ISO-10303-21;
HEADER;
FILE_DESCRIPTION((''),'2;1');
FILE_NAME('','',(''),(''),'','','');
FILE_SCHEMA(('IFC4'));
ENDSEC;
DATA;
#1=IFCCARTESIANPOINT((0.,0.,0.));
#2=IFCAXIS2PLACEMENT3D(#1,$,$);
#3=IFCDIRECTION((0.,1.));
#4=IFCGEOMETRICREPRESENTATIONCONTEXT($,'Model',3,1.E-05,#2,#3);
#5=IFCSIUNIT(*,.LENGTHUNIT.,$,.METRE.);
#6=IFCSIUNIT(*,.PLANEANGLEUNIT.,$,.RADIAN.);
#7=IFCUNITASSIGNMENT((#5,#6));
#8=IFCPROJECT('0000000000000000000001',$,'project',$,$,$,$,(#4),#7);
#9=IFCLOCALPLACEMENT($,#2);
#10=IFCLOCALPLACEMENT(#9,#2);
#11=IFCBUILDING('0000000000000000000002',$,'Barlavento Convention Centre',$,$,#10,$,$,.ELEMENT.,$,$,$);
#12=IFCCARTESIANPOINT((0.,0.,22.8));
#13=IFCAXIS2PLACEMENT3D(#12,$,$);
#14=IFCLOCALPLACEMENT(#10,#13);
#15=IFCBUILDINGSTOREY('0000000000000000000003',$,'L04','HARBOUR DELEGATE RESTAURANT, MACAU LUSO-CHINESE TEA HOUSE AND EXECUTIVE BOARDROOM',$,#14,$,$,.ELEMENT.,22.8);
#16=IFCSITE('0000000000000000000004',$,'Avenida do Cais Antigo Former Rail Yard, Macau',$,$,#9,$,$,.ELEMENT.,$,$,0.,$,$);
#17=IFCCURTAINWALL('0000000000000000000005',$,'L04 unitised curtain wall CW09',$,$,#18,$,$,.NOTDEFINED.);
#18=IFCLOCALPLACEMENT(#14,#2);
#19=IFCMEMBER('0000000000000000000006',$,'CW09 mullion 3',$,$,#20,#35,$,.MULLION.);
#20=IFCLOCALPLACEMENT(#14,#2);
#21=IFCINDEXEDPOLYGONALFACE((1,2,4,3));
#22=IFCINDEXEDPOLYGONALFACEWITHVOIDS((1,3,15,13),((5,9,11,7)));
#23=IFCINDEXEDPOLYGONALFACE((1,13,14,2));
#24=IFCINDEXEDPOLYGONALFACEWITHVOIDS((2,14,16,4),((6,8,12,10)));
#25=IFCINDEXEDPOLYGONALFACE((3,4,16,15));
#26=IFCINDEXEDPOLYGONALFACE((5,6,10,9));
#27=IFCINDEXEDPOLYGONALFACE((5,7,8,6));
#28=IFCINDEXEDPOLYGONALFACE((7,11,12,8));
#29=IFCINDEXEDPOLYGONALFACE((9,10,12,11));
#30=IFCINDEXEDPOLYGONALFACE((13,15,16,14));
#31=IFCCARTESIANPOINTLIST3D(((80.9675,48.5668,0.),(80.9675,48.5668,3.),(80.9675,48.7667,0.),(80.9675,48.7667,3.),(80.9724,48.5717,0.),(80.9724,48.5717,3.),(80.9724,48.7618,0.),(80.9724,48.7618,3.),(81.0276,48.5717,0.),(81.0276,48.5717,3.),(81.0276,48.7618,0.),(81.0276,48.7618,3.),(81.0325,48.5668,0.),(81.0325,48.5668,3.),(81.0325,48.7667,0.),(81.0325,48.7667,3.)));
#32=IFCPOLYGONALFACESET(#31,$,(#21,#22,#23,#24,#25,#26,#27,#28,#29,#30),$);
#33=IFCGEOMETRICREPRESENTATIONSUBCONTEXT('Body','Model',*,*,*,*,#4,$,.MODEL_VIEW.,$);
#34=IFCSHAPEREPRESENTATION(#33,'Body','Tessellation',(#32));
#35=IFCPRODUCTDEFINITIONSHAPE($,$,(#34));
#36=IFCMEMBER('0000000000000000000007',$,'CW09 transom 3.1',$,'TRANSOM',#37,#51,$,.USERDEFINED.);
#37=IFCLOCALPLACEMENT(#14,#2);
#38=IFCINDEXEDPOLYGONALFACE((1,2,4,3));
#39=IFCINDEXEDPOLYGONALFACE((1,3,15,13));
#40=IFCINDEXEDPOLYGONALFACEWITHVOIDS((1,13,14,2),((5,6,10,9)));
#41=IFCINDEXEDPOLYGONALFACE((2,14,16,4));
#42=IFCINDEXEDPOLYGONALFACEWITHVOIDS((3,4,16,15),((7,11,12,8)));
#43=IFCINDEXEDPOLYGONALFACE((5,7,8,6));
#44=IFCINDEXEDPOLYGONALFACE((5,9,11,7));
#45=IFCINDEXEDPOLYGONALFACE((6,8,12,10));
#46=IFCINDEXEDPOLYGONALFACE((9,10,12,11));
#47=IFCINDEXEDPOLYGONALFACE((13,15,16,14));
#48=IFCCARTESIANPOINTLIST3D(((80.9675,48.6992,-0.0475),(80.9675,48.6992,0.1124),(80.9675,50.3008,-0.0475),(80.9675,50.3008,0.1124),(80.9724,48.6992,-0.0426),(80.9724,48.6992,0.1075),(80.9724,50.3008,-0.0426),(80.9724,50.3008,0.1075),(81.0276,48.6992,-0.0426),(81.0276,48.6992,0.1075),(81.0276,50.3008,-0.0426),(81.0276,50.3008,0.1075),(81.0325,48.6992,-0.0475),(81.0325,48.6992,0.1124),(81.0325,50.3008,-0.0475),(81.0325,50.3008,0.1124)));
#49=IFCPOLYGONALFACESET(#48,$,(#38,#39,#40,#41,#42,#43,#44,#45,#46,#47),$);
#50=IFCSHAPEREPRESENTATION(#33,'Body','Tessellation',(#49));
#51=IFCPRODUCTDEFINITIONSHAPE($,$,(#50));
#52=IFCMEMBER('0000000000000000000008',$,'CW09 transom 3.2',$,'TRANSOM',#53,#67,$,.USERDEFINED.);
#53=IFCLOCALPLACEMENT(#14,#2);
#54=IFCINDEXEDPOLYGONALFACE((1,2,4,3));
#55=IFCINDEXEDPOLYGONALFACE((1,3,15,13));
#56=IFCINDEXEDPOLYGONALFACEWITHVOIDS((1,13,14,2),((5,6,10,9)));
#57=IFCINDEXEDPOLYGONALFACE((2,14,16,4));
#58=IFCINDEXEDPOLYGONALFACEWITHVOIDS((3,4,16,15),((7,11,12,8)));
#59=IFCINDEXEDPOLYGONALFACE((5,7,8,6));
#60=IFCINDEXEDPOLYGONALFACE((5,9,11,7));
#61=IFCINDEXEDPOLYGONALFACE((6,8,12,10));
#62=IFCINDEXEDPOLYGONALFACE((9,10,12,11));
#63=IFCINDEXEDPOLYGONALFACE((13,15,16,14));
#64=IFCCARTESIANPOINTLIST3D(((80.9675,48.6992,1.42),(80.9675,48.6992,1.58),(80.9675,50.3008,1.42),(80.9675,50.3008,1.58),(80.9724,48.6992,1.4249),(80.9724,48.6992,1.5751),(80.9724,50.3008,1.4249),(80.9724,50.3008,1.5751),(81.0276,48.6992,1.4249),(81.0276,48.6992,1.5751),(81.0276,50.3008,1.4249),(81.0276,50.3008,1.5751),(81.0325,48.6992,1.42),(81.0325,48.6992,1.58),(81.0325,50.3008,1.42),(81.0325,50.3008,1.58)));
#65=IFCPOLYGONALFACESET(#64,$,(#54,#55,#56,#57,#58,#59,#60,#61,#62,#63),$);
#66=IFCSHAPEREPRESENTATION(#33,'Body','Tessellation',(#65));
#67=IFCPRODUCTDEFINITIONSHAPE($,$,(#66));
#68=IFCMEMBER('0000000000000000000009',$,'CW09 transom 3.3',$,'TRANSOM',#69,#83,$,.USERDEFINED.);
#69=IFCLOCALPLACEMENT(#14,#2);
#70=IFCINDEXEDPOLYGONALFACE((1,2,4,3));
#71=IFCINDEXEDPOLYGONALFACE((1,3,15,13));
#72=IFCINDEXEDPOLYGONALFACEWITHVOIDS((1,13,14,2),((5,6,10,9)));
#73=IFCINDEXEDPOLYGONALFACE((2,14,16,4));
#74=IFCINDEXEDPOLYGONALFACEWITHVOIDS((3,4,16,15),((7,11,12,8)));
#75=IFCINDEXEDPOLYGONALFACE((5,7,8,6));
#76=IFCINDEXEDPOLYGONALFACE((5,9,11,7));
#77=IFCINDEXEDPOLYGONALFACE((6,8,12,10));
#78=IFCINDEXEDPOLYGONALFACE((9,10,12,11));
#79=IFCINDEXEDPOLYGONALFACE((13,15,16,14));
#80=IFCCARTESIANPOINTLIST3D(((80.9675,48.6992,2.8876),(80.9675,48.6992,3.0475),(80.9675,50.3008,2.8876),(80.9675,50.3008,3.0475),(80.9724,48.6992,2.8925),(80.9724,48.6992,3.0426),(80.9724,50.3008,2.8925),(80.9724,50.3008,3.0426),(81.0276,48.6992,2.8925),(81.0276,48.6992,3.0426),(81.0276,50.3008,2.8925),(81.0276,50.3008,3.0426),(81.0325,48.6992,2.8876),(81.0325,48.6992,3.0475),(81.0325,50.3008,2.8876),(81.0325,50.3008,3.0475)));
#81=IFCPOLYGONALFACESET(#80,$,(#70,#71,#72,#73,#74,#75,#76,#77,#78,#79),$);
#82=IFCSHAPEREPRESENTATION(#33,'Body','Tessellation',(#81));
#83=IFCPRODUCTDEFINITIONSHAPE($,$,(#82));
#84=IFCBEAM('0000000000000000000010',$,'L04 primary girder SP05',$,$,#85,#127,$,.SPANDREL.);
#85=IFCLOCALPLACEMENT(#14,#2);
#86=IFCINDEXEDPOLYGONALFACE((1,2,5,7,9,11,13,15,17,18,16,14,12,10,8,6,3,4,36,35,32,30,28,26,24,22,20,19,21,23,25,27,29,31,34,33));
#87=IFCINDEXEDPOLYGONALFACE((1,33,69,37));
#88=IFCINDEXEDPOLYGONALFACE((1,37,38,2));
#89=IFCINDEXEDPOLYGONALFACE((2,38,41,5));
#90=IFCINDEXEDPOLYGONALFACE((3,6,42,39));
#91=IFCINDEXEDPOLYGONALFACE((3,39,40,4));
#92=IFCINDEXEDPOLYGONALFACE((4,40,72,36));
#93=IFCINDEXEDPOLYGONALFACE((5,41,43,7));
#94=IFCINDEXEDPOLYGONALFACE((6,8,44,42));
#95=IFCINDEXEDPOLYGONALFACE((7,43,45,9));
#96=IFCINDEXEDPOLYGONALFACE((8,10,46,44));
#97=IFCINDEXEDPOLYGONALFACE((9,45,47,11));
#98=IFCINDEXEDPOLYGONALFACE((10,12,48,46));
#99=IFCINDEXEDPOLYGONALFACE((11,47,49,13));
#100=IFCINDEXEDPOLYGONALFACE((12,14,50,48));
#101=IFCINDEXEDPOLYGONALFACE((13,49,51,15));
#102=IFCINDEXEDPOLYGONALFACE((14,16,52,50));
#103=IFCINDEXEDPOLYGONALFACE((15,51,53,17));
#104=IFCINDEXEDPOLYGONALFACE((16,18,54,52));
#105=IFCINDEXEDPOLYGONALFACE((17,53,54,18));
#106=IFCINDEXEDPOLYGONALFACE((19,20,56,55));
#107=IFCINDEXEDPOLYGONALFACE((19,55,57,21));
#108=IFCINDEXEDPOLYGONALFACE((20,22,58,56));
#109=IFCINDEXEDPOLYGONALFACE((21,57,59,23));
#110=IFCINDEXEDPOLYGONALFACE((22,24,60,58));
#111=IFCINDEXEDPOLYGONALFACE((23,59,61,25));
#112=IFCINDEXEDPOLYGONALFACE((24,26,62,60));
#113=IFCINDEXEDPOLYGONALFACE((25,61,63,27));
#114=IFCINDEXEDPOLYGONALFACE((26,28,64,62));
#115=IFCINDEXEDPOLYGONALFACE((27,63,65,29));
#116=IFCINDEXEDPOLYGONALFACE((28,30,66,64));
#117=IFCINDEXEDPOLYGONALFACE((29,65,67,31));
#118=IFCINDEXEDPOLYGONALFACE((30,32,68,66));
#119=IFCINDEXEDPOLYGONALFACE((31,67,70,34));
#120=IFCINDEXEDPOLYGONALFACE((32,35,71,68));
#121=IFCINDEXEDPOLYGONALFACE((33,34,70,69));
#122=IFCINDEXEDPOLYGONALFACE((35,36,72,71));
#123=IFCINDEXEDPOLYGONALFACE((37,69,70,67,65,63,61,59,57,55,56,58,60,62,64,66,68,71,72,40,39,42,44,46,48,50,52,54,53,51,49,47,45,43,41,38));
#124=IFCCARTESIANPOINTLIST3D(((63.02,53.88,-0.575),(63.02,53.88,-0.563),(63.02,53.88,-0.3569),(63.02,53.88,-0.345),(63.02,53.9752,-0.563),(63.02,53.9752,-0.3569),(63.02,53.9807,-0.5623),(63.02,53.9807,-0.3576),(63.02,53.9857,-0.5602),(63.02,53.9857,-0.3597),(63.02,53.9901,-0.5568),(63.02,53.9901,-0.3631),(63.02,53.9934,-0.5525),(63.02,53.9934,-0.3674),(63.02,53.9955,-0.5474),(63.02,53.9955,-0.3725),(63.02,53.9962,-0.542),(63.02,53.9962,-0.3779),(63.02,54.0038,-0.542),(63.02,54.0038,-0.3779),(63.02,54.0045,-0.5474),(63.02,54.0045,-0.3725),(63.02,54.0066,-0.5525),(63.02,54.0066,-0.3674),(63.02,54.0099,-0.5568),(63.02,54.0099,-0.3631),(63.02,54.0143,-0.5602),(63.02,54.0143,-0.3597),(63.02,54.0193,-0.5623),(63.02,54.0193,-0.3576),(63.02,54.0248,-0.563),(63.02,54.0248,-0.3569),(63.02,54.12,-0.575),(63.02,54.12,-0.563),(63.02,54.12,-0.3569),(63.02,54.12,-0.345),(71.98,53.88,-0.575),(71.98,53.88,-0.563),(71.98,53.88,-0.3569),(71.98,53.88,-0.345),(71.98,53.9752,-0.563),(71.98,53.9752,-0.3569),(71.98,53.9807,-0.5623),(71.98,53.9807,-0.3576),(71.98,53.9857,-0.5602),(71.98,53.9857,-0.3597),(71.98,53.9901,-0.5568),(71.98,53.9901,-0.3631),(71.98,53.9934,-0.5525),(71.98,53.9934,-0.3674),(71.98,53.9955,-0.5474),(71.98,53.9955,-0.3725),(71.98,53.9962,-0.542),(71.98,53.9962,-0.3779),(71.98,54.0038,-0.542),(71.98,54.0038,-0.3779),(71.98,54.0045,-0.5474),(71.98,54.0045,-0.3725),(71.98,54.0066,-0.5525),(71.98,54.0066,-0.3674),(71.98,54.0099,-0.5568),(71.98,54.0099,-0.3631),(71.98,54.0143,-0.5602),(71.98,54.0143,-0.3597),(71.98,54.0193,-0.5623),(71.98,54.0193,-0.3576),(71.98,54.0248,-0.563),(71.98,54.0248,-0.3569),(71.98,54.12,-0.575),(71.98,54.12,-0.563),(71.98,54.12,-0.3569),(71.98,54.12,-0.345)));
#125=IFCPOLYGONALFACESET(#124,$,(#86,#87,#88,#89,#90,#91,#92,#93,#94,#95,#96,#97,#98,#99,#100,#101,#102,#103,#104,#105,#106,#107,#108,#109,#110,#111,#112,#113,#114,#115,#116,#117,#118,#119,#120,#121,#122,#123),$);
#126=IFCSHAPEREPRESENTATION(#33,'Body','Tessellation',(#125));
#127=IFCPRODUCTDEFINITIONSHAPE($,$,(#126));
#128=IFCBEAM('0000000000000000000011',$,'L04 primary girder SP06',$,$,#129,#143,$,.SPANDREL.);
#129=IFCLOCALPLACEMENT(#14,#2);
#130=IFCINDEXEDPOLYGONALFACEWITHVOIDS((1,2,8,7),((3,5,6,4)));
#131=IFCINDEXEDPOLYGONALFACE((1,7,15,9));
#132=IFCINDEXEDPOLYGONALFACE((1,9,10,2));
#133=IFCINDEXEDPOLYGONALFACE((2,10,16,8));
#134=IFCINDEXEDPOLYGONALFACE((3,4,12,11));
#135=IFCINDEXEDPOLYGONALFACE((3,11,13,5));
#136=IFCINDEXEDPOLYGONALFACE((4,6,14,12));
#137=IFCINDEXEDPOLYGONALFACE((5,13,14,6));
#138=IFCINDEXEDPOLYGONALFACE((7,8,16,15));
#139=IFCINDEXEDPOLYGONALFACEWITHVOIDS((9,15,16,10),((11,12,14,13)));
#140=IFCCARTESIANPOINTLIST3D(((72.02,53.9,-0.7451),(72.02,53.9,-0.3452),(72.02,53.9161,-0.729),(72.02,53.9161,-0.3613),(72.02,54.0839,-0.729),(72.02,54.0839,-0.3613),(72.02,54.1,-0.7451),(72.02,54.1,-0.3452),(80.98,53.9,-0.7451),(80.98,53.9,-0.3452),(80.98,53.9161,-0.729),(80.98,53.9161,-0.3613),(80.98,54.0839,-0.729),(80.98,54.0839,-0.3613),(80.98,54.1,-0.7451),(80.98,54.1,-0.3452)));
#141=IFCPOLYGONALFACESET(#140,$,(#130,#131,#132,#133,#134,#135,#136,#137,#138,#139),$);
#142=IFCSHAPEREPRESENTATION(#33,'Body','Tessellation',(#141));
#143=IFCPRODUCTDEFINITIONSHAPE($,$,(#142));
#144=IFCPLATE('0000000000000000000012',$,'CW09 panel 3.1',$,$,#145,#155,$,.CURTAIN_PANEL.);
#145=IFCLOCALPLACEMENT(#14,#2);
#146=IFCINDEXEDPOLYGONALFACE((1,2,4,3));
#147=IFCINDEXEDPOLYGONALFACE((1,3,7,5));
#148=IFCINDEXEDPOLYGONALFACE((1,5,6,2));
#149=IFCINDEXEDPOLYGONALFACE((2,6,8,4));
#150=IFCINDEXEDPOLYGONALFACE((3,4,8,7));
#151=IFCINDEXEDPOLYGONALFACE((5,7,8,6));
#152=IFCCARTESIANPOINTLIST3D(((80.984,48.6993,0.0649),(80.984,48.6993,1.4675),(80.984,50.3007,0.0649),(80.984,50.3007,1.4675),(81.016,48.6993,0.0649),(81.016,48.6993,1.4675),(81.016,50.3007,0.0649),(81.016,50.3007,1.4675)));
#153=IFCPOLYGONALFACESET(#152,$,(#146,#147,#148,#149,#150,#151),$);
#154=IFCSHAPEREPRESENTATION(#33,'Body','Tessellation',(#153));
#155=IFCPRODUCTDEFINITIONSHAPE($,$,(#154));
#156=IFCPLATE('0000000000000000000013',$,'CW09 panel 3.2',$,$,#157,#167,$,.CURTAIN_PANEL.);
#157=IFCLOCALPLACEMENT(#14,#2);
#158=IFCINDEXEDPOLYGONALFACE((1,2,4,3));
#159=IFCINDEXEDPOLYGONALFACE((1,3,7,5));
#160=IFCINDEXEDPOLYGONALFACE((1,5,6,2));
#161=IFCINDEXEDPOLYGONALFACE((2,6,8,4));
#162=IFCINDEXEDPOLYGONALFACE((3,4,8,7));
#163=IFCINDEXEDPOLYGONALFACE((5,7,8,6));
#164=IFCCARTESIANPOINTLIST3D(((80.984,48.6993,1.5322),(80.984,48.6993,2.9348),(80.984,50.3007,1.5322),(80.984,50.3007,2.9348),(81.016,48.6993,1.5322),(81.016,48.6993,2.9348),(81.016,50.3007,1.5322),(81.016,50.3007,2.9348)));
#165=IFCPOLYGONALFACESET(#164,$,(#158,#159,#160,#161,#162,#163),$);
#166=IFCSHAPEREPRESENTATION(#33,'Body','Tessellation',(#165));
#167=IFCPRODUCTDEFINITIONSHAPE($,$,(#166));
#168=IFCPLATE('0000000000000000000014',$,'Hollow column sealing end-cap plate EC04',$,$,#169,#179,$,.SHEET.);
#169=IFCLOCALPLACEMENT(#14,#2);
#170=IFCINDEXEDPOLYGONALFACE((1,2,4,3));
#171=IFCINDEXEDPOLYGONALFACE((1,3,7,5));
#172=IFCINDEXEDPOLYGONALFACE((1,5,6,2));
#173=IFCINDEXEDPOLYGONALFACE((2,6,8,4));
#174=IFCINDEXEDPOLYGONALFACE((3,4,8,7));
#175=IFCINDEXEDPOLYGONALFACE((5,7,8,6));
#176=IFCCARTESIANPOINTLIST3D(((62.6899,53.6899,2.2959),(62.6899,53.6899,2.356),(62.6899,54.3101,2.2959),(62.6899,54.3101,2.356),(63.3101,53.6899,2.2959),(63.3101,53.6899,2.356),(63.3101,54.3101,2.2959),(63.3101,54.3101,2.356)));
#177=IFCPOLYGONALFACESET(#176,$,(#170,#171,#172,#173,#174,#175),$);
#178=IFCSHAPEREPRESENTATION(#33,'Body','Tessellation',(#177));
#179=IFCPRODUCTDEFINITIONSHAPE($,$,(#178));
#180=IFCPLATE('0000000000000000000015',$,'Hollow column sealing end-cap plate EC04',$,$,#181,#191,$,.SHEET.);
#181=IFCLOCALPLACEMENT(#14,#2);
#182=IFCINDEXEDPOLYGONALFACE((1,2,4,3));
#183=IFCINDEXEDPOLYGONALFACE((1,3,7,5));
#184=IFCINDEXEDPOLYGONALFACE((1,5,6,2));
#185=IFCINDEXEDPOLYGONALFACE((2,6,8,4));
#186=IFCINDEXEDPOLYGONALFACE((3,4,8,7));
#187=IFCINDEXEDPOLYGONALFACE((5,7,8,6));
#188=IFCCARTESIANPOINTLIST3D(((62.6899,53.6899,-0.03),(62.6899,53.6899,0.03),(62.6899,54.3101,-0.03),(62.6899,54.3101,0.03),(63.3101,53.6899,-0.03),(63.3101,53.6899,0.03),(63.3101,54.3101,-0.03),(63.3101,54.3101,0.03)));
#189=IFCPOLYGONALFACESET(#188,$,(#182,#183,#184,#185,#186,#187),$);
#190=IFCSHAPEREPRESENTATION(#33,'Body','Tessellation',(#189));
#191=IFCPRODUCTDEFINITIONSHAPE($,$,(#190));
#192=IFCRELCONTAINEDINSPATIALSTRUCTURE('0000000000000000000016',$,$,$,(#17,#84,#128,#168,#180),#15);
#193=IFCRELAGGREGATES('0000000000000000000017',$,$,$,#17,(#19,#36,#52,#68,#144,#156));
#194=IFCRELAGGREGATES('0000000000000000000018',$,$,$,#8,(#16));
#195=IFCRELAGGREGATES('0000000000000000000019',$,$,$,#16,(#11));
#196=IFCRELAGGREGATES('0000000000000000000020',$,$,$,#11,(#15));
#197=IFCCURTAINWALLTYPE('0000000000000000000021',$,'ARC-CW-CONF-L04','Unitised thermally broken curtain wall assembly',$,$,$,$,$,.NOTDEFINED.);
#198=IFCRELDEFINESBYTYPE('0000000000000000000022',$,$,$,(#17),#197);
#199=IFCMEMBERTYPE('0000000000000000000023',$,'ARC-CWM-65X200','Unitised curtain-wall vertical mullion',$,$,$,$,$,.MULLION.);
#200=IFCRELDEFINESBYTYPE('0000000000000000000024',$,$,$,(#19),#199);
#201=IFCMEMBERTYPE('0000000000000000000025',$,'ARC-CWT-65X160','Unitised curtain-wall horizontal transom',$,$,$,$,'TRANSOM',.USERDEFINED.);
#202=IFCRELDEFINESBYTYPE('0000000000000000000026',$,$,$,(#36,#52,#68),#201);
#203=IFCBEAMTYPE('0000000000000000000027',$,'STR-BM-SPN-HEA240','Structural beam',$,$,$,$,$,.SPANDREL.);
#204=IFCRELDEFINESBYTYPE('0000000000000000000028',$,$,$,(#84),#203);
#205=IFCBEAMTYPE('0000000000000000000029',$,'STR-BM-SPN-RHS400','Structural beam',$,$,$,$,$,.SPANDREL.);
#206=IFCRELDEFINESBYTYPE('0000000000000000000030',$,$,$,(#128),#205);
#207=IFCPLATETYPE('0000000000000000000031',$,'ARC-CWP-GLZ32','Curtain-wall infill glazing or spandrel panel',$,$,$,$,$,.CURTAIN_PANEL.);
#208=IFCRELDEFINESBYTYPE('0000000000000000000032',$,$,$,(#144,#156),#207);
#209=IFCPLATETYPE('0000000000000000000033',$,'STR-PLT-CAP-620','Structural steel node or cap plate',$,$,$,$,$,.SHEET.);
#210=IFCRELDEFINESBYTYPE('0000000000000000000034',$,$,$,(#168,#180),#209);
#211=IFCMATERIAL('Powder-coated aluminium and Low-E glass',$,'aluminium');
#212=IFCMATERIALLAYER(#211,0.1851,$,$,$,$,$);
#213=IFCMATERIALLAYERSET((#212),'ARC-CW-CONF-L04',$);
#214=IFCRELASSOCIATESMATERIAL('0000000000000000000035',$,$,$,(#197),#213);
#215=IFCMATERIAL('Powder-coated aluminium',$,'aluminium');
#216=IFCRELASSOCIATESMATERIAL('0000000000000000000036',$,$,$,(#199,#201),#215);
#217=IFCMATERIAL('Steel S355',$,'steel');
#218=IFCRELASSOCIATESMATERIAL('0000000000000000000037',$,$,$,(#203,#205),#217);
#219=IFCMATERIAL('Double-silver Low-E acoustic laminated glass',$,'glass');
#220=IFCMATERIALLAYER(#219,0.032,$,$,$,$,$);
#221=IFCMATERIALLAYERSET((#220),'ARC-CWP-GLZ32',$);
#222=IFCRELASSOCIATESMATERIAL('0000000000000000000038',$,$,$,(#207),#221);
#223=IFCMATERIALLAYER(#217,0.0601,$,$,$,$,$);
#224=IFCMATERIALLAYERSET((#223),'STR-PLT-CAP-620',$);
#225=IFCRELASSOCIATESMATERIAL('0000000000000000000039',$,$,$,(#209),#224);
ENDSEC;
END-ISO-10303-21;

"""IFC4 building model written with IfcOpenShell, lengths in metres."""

from ifc_helpers import new_model, si_unit, direction, frame, origin, origin_2d, place, context, subcontext, project, spatial, rectangle, hollow_rectangle, i_section, extrude, material, layer, layer_set, material_profile, profile_set, type_object, element, aggregate, save


model = new_model("IFC4")

# Units and contexts
model_context = context("Model", 3, precision=1e-05, world=origin(), true_north=direction((0.0, 1.0)))
body_context = subcontext(model_context, "Body", "Model", "MODEL_VIEW")
ifc_project = project(units=[si_unit("LENGTHUNIT", "METRE"), si_unit("PLANEANGLEUNIT", "RADIAN")], contexts=[model_context])

# Site, building, storey
site_placement = place(None, origin())
site = spatial("IfcSite", under=ifc_project, at=site_placement, Name="Avenida do Cais Antigo Former Rail Yard, Macau", CompositionType="ELEMENT", RefElevation=0.0)
building_placement = place(site_placement, origin())
building = spatial("IfcBuilding", under=site, at=building_placement, Name="Barlavento Convention Centre", CompositionType="ELEMENT")
storey_placement = place(building_placement, frame((0.0, 0.0, 22.8)))
storey = spatial("IfcBuildingStorey", under=building, at=storey_placement, Name="L04", Description="HARBOUR DELEGATE RESTAURANT, MACAU LUSO-CHINESE TEA HOUSE AND EXECUTIVE BOARDROOM", CompositionType="ELEMENT", Elevation=22.8)

# Curtain wall, members
ifc_material_1 = material(Name="Powder-coated aluminium and Low-E glass", Category="aluminium")
ifc_layer_1 = layer(ifc_material_1, 0.1851)
ifc_layer_set_1 = layer_set([ifc_layer_1], Name="ARC-CW-CONF-L04")
curtain_wall_type = type_object("IfcCurtainWallType", Name="ARC-CW-CONF-L04", Description="Unitised thermally broken curtain wall assembly", PredefinedType="NOTDEFINED", material=ifc_layer_set_1)
curtain_wall_placement = place(storey_placement, origin())
curtain_wall = element("IfcCurtainWall", 1, at=curtain_wall_placement, inside=storey, type_object=curtain_wall_type, Name="L04 unitised curtain wall CW09", PredefinedType="NOTDEFINED")
ifc_material_2 = material(Name="Powder-coated aluminium", Category="aluminium")
ifc_material_profile_1 = material_profile(ifc_material_2, hollow_rectangle(XDim=0.0649, YDim=0.2, WallThickness=0.0049, at=origin_2d()), Name="AL-MULL 65x200x5")
ifc_profile_set_1 = profile_set([ifc_material_profile_1], Name="Powder-coated aluminium")
member_type_1 = type_object("IfcMemberType", Name="ARC-CWM-65X200", Description="Unitised curtain-wall vertical mullion", PredefinedType="MULLION", material=ifc_profile_set_1)
member_1_placement = place(storey_placement, frame((81.0, 48.6667, 0.0), z_axis=(0.0, 0.0, 1.0), x_axis=(-1.0, 0.0, 0.0)))
member_1 = element("IfcMember", 2, at=member_1_placement, type_object=member_type_1, Name="CW09 mullion 3", PredefinedType="MULLION", context=body_context, shape_type="SweptSolid", body=[
    extrude(hollow_rectangle(XDim=0.0649, YDim=0.2, WallThickness=0.0049, at=origin_2d()), origin(), (0.0, 0.0, 1.0), 3.0),
])
ifc_material_profile_2 = material_profile(ifc_material_2, hollow_rectangle(XDim=0.0649, YDim=0.1599, WallThickness=0.0049, at=origin_2d()), Name="AL-TRAN 65x160x5")
ifc_profile_set_2 = profile_set([ifc_material_profile_2], Name="Powder-coated aluminium")
member_type_2 = type_object("IfcMemberType", Name="ARC-CWT-65X160", Description="Unitised curtain-wall horizontal transom", ElementType="TRANSOM", PredefinedType="USERDEFINED", material=ifc_profile_set_2)
member_2_placement = place(storey_placement, frame((81.0, 48.6992, 0.0325), z_axis=(0.0, 1.0, 0.0), x_axis=(-1.0, 0.0, 0.0)))
member_2 = element("IfcMember", 3, at=member_2_placement, type_object=member_type_2, Name="CW09 transom 3.1", ObjectType="TRANSOM", PredefinedType="USERDEFINED", context=body_context, shape_type="SweptSolid", body=[
    extrude(hollow_rectangle(XDim=0.0649, YDim=0.1599, WallThickness=0.0049, at=origin_2d()), origin(), (0.0, 0.0, 1.0), 1.6016),
])
member_3_placement = place(storey_placement, frame((81.0, 48.6992, 1.5), z_axis=(0.0, 1.0, 0.0), x_axis=(-1.0, 0.0, 0.0)))
member_3 = element("IfcMember", 4, at=member_3_placement, type_object=member_type_2, Name="CW09 transom 3.2", ObjectType="TRANSOM", PredefinedType="USERDEFINED", context=body_context, shape_type="SweptSolid", body=[
    extrude(hollow_rectangle(XDim=0.0649, YDim=0.1599, WallThickness=0.0049, at=origin_2d()), origin(), (0.0, 0.0, 1.0), 1.6016),
])
member_4_placement = place(storey_placement, frame((81.0, 48.6992, 2.9675), z_axis=(0.0, 1.0, 0.0), x_axis=(-1.0, 0.0, 0.0)))
member_4 = element("IfcMember", 5, at=member_4_placement, type_object=member_type_2, Name="CW09 transom 3.3", ObjectType="TRANSOM", PredefinedType="USERDEFINED", context=body_context, shape_type="SweptSolid", body=[
    extrude(hollow_rectangle(XDim=0.0649, YDim=0.1599, WallThickness=0.0049, at=origin_2d()), origin(), (0.0, 0.0, 1.0), 1.6016),
])

# Beams
ifc_material_3 = material(Name="Steel S355", Category="steel")
ifc_material_profile_3 = material_profile(ifc_material_3, i_section(OverallWidth=0.24, OverallDepth=0.23, WebThickness=0.0076, FlangeThickness=0.012, FilletRadius=0.021, at=origin_2d()), Name="HEA 240")
ifc_profile_set_3 = profile_set([ifc_material_profile_3], Name="Steel S355")
beam_type_1 = type_object("IfcBeamType", Name="STR-BM-SPN-HEA240", Description="Structural beam", PredefinedType="SPANDREL", material=ifc_profile_set_3)
beam_1_placement = place(storey_placement, frame((63.02, 54.0, -0.46), z_axis=(1.0, 0.0, 0.0), x_axis=(0.0, 1.0, 0.0)))
element("IfcBeam", 6, at=beam_1_placement, inside=storey, type_object=beam_type_1, Name="L04 primary girder SP05", PredefinedType="SPANDREL", context=body_context, shape_type="SweptSolid", body=[
    extrude(i_section(OverallWidth=0.24, OverallDepth=0.23, WebThickness=0.0076, FlangeThickness=0.012, FilletRadius=0.021, at=origin_2d()), origin(), (0.0, 0.0, 1.0), 8.96),
])
ifc_material_profile_4 = material_profile(ifc_material_3, hollow_rectangle(XDim=0.2, YDim=0.3999, WallThickness=0.0161, at=origin_2d()), Name="RHS 400x200x16.0")
ifc_profile_set_4 = profile_set([ifc_material_profile_4], Name="Steel S355")
beam_type_2 = type_object("IfcBeamType", Name="STR-BM-SPN-RHS400", Description="Structural beam", PredefinedType="SPANDREL", material=ifc_profile_set_4)
beam_2_placement = place(storey_placement, frame((72.02, 54.0, -0.5452), z_axis=(1.0, 0.0, 0.0), x_axis=(0.0, 1.0, 0.0)))
element("IfcBeam", 7, at=beam_2_placement, inside=storey, type_object=beam_type_2, Name="L04 primary girder SP06", PredefinedType="SPANDREL", context=body_context, shape_type="SweptSolid", body=[
    extrude(hollow_rectangle(XDim=0.2, YDim=0.3999, WallThickness=0.0161, at=origin_2d()), origin(), (0.0, 0.0, 1.0), 8.96),
])

# Plates
ifc_material_4 = material(Name="Double-silver Low-E acoustic laminated glass", Category="glass")
ifc_layer_2 = layer(ifc_material_4, 0.032)
ifc_layer_set_2 = layer_set([ifc_layer_2], Name="ARC-CWP-GLZ32")
plate_type_1 = type_object("IfcPlateType", Name="ARC-CWP-GLZ32", Description="Curtain-wall infill glazing or spandrel panel", PredefinedType="CURTAIN_PANEL", material=ifc_layer_set_2)
plate_1_placement = place(storey_placement, frame((81.0, 49.5, 0.0649), z_axis=(0.0, 0.0, 1.0), x_axis=(0.0, 1.0, 0.0)))
plate_1 = element("IfcPlate", 8, at=plate_1_placement, type_object=plate_type_1, Name="CW09 panel 3.1", PredefinedType="CURTAIN_PANEL", context=body_context, shape_type="SweptSolid", body=[
    extrude(rectangle(XDim=1.6013, YDim=0.032, at=origin_2d()), origin(), (0.0, 0.0, 1.0), 1.4026),
])
plate_2_placement = place(storey_placement, frame((81.0, 49.5, 1.5322), z_axis=(0.0, 0.0, 1.0), x_axis=(0.0, 1.0, 0.0)))
plate_2 = element("IfcPlate", 9, at=plate_2_placement, type_object=plate_type_1, Name="CW09 panel 3.2", PredefinedType="CURTAIN_PANEL", context=body_context, shape_type="SweptSolid", body=[
    extrude(rectangle(XDim=1.6013, YDim=0.032, at=origin_2d()), origin(), (0.0, 0.0, 1.0), 1.4026),
])
aggregate(curtain_wall, [member_1, member_2, member_3, member_4, plate_1, plate_2])

# Plates
ifc_layer_3 = layer(ifc_material_3, 0.0601)
ifc_layer_set_3 = layer_set([ifc_layer_3], Name="STR-PLT-CAP-620")
plate_type_2 = type_object("IfcPlateType", Name="STR-PLT-CAP-620", Description="Structural steel node or cap plate", PredefinedType="SHEET", material=ifc_layer_set_3)
for number, where, z_axis, x_axis, name in (
    (10, (63.0, 54.0, 2.2959), (0.0, 0.0, 1.0), (1.0, 0.0, 0.0), "Hollow column sealing end-cap plate EC04"),
    (11, (63.0, 54.0, -0.03), (0.0, 0.0, 1.0), (1.0, 0.0, 0.0), "Hollow column sealing end-cap plate EC04"),
):
    element("IfcPlate", number, at=place(storey_placement, frame(where, z_axis=z_axis, x_axis=x_axis)), inside=storey, type_object=plate_type_2, Name=name, PredefinedType="SHEET", context=body_context, shape_type="SweptSolid", body=[
        extrude(rectangle(XDim=0.6201, YDim=0.6201, at=origin_2d()), origin(), (0.0, 0.0, 1.0), 0.0601),
    ])

save(model, "model.ifc")
